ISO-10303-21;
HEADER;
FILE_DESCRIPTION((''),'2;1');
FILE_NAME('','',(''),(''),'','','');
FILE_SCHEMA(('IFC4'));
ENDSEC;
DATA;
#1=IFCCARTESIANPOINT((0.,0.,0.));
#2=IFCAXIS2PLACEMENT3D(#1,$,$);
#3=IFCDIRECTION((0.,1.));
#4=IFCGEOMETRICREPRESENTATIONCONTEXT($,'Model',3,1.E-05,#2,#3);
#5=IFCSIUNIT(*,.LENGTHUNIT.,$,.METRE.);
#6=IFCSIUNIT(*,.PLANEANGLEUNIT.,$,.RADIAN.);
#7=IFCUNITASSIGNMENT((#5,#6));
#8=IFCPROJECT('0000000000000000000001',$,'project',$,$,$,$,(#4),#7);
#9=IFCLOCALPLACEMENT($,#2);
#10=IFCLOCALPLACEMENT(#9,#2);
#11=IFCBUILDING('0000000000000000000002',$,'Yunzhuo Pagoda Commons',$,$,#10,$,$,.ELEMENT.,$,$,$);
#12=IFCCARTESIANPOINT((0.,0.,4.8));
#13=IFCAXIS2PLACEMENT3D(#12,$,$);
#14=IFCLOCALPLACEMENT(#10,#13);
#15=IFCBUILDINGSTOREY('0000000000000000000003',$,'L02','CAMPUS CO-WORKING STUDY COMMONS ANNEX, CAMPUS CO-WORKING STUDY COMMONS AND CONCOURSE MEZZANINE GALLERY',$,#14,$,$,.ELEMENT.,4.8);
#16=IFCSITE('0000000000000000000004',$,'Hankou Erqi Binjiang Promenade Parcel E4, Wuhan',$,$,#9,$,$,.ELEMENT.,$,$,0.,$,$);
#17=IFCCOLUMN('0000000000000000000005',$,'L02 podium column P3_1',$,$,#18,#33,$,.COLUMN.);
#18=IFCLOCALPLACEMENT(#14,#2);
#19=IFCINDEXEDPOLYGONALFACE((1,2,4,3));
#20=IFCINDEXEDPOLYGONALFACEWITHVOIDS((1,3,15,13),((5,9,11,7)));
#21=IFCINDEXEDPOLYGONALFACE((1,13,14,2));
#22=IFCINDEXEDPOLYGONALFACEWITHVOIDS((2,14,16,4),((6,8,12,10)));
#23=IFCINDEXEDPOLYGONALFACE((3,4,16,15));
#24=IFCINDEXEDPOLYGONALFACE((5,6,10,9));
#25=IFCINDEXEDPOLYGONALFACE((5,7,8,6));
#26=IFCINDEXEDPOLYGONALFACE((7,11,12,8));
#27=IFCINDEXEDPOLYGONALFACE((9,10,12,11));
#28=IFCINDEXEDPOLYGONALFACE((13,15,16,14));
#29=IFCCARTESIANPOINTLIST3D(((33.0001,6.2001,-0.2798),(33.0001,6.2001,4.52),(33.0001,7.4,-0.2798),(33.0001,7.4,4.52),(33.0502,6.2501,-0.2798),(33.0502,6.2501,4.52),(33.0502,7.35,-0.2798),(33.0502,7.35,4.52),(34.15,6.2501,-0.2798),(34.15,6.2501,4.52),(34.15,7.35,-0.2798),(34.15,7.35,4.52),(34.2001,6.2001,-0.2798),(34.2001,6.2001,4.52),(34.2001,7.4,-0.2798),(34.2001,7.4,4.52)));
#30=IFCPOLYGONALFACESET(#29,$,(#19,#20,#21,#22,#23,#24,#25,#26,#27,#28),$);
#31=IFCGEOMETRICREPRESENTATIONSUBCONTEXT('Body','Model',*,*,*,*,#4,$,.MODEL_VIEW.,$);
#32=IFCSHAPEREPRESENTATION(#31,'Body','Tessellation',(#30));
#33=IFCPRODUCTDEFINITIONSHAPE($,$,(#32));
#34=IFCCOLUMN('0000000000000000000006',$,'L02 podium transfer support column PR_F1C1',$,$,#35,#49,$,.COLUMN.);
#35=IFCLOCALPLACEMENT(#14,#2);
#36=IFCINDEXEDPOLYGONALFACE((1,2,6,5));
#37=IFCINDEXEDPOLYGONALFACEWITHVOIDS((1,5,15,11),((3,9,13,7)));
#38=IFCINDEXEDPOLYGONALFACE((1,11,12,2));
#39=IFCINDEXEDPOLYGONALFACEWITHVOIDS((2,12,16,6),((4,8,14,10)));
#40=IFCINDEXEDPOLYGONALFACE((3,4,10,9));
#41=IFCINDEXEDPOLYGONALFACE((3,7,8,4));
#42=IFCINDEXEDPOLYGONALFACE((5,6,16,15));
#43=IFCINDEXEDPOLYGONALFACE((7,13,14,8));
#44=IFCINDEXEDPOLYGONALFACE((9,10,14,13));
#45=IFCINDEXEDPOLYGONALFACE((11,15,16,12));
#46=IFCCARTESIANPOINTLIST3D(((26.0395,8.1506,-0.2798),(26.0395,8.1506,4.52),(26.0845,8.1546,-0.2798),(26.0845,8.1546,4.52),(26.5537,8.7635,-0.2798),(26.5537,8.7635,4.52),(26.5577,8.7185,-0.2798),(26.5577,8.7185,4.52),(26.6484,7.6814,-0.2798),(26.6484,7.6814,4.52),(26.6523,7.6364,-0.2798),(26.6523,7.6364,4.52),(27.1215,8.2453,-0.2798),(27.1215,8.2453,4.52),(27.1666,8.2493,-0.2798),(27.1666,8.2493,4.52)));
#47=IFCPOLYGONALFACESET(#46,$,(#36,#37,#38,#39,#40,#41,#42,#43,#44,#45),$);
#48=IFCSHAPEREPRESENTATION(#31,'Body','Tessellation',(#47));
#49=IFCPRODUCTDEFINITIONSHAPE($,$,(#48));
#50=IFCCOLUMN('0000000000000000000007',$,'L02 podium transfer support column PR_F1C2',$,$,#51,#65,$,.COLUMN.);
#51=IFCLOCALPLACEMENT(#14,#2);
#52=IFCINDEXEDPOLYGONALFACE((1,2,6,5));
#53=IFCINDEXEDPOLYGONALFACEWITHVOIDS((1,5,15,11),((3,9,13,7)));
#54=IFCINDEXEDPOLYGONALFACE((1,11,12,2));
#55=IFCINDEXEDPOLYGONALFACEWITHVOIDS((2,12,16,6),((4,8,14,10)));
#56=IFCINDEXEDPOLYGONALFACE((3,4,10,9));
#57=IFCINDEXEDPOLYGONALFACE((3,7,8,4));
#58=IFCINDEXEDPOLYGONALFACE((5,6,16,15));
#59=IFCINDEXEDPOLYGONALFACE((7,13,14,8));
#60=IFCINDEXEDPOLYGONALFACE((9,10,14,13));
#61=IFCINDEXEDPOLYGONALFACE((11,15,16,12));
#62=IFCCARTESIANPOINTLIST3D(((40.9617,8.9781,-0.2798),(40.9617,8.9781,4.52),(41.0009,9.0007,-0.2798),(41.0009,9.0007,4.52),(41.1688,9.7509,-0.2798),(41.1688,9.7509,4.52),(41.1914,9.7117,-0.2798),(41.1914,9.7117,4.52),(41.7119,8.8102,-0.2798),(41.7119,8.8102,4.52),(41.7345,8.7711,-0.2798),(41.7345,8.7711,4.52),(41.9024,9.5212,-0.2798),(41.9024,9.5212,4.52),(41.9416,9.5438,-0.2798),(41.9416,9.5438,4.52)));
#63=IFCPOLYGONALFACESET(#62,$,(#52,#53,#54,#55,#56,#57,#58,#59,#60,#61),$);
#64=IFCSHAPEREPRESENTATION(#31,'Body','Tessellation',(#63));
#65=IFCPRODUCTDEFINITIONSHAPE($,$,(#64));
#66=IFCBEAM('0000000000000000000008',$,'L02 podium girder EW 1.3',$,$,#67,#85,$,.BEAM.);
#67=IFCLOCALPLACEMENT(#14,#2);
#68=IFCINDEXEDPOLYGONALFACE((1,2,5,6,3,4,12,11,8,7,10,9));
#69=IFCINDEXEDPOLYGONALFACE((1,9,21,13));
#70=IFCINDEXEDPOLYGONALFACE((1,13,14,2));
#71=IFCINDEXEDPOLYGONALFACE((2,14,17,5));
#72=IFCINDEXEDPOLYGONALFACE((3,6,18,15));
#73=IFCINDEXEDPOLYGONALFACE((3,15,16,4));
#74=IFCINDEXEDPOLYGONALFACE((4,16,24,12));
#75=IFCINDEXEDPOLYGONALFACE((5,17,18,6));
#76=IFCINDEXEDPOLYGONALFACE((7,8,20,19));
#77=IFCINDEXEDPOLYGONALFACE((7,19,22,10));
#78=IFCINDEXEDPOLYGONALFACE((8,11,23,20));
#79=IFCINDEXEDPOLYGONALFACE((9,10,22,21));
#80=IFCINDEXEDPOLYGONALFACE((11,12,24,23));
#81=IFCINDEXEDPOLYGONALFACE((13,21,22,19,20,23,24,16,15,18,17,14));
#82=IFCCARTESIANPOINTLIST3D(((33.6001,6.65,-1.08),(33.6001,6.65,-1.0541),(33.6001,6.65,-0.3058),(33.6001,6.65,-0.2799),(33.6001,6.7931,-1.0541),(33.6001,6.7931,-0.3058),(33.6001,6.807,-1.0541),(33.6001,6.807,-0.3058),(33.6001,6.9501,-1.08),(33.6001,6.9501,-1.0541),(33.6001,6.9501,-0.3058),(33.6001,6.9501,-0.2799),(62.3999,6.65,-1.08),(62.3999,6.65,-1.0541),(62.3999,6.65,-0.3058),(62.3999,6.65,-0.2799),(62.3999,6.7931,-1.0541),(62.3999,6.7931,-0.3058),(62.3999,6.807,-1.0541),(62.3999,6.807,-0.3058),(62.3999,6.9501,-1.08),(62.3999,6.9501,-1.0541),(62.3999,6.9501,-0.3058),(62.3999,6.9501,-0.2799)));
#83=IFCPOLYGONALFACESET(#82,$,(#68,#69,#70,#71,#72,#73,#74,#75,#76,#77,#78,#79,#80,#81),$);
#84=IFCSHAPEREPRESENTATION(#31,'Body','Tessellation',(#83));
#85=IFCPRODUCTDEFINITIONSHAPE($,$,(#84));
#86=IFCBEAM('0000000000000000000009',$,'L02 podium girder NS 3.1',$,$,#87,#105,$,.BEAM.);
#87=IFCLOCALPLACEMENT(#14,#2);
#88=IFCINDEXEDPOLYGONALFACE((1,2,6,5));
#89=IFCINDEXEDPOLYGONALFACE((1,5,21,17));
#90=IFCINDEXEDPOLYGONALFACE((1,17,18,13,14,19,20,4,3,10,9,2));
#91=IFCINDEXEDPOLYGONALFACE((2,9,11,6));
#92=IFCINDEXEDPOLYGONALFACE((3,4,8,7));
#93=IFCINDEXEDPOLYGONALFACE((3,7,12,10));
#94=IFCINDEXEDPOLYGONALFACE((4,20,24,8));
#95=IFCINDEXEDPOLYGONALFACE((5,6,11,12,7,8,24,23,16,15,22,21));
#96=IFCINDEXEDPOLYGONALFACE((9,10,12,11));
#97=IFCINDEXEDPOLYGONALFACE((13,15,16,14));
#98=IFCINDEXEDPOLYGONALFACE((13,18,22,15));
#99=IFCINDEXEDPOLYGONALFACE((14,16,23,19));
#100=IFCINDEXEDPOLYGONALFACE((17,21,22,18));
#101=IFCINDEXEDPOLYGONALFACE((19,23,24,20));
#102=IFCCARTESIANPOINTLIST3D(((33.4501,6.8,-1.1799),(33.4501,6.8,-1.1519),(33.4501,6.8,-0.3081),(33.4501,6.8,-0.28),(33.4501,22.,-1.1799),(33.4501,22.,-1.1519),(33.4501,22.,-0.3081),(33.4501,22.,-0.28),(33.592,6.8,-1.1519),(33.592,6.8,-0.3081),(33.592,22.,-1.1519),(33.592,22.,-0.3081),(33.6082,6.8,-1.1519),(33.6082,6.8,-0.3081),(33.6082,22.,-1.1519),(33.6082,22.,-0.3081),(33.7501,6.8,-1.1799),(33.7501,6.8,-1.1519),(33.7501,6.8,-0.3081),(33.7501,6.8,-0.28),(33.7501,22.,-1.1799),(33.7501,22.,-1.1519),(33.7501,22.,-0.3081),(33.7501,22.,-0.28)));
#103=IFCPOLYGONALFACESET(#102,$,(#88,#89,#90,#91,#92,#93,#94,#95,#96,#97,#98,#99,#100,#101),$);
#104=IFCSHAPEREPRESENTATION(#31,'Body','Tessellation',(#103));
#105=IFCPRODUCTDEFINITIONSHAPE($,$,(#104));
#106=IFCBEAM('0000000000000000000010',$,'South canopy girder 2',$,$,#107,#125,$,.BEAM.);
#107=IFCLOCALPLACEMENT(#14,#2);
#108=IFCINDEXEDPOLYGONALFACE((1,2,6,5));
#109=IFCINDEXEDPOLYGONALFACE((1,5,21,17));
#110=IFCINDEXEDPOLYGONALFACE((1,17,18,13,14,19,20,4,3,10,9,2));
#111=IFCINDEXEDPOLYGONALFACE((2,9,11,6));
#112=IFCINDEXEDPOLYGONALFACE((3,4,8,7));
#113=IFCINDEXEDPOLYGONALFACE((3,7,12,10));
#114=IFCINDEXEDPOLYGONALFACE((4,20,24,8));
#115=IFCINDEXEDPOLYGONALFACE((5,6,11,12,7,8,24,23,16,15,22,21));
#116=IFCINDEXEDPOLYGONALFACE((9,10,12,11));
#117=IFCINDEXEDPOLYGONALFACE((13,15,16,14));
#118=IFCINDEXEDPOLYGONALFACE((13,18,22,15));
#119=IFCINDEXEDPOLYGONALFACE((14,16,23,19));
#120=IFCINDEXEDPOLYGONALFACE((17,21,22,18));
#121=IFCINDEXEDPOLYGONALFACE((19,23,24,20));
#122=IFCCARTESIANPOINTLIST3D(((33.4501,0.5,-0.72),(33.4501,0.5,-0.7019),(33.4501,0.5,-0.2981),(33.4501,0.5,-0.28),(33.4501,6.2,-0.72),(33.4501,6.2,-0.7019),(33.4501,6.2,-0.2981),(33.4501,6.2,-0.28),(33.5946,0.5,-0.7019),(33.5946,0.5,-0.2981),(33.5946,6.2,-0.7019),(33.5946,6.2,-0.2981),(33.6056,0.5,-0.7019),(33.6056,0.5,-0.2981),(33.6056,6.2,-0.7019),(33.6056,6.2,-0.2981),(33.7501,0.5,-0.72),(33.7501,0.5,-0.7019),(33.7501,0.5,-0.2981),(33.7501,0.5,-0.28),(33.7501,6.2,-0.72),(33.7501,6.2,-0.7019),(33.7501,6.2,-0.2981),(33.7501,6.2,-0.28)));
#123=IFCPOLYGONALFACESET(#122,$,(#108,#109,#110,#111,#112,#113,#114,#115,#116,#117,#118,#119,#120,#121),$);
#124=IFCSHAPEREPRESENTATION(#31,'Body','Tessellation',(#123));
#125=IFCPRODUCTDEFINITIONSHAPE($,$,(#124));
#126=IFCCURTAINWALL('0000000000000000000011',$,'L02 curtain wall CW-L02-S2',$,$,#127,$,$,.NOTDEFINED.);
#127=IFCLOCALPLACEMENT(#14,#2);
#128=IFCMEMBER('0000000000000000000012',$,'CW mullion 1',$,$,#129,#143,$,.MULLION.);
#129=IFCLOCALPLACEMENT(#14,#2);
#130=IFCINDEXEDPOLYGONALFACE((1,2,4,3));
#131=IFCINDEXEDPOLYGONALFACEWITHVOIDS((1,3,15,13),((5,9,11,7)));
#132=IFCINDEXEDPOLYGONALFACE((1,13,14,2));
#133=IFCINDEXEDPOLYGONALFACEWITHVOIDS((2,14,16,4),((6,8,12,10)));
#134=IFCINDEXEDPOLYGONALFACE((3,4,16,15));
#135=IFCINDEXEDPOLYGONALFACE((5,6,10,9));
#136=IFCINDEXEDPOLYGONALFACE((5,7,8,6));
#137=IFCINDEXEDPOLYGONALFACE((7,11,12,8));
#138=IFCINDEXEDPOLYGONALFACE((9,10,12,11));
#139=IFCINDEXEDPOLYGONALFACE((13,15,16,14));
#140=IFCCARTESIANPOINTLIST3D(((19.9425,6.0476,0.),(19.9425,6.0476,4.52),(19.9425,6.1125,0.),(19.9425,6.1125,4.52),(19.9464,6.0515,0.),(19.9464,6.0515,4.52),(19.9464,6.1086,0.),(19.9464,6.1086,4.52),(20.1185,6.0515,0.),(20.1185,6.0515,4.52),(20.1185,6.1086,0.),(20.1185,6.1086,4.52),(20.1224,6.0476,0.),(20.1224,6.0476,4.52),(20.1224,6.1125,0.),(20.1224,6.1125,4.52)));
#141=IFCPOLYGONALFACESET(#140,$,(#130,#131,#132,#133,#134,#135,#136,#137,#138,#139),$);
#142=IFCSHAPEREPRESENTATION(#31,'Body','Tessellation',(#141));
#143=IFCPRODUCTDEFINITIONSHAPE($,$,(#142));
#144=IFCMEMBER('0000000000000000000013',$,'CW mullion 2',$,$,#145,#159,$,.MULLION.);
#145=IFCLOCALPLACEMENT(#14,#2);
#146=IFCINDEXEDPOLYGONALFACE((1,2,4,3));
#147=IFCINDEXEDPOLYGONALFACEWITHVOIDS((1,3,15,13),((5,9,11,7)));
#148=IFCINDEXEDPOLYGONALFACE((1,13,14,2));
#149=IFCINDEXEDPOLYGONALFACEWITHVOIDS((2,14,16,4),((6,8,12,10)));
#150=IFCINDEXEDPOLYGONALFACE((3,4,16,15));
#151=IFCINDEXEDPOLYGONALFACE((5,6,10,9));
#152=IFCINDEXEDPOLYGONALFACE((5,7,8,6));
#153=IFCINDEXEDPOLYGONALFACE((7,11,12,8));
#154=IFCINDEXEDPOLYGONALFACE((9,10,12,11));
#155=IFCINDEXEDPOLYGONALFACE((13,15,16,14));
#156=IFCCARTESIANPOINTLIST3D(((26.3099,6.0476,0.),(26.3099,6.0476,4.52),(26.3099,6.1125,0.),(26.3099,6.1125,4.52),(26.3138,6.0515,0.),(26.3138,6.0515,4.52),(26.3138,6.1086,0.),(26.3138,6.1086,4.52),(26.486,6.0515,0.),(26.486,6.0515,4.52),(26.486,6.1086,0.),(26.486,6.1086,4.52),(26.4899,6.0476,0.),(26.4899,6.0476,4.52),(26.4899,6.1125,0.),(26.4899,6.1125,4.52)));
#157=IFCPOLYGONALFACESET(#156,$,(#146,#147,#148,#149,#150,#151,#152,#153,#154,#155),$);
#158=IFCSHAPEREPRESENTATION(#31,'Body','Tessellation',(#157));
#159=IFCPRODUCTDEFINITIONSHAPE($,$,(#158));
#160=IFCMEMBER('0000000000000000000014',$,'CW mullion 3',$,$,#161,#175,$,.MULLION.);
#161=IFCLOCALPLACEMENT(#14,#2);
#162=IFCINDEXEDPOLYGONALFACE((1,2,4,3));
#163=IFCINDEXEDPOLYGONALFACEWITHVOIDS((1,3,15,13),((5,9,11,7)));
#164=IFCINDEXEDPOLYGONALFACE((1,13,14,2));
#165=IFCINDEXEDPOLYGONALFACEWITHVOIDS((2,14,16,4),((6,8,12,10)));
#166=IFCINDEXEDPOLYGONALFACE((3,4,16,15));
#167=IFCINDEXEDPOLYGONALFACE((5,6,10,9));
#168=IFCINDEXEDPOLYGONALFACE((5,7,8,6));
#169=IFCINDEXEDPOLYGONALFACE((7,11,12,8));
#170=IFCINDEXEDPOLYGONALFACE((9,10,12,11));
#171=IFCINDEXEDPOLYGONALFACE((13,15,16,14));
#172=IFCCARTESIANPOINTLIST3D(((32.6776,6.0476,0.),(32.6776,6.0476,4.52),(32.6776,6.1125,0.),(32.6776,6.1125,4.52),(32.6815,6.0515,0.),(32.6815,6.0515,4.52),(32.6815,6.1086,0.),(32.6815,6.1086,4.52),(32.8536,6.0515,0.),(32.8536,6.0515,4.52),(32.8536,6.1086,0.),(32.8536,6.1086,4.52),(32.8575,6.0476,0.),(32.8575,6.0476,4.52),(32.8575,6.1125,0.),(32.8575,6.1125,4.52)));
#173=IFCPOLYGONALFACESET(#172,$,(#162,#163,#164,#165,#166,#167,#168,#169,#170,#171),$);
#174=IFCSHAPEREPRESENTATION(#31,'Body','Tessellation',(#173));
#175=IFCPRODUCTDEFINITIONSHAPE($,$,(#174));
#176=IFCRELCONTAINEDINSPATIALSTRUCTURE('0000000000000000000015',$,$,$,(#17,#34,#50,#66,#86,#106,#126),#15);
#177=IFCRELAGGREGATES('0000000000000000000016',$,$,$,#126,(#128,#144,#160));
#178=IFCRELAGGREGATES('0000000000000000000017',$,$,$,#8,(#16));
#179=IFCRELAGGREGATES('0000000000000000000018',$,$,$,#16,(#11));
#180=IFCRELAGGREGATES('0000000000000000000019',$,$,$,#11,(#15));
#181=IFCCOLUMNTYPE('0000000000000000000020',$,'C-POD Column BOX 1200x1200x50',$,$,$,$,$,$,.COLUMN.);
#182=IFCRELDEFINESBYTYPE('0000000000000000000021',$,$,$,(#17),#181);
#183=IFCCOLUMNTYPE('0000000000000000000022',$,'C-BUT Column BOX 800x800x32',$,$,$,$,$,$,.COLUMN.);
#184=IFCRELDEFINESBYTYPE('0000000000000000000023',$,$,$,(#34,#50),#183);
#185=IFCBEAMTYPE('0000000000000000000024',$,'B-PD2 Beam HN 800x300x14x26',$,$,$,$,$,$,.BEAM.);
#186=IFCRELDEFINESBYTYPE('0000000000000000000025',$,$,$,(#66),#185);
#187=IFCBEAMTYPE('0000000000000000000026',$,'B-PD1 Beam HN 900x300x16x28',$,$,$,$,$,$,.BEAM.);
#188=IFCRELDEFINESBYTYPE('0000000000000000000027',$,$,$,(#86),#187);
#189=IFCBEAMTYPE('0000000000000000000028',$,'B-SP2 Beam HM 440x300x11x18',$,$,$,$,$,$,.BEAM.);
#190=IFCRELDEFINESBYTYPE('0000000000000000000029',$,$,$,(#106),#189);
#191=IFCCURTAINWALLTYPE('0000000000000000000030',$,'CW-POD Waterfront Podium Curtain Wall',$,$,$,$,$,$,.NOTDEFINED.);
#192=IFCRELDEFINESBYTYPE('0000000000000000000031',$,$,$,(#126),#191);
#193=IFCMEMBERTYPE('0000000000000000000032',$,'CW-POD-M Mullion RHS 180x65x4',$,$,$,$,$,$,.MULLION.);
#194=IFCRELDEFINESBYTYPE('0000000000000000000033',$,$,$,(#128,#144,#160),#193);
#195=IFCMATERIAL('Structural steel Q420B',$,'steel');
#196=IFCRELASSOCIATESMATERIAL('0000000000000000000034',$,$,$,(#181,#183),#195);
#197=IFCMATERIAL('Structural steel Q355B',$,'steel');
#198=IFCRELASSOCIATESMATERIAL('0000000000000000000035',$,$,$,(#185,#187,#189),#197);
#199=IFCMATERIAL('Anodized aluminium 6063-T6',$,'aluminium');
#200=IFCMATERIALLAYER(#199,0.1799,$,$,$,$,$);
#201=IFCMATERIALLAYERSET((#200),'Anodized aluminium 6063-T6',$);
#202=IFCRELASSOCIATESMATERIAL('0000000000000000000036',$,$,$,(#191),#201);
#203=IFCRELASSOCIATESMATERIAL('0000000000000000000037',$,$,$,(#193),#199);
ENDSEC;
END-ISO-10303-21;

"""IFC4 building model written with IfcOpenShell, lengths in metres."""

from ifc_helpers import new_model, si_unit, direction, frame, origin, origin_2d, place, context, subcontext, project, spatial, hollow_rectangle, i_section, extrude, source, transform, mapped, material, layer, layer_set, material_profile, profile_set, type_object, element, aggregate, save


model = new_model("IFC4")

# Units and contexts
model_context = context("Model", 3, precision=1e-05, world=origin(), true_north=direction((0.0, 1.0)))
body_context = subcontext(model_context, "Body", "Model", "MODEL_VIEW")
ifc_project = project(units=[si_unit("LENGTHUNIT", "METRE"), si_unit("PLANEANGLEUNIT", "RADIAN")], contexts=[model_context])

# Site, building, storey
site_placement = place(None, origin())
site = spatial("IfcSite", under=ifc_project, at=site_placement, Name="Hankou Erqi Binjiang Promenade Parcel E4, Wuhan", CompositionType="ELEMENT", RefElevation=0.0)
building_placement = place(site_placement, origin())
building = spatial("IfcBuilding", under=site, at=building_placement, Name="Yunzhuo Pagoda Commons", CompositionType="ELEMENT")
storey_placement = place(building_placement, frame((0.0, 0.0, 4.8)))
storey = spatial("IfcBuildingStorey", under=building, at=storey_placement, Name="L02", Description="CAMPUS CO-WORKING STUDY COMMONS ANNEX, CAMPUS CO-WORKING STUDY COMMONS AND CONCOURSE MEZZANINE GALLERY", CompositionType="ELEMENT", Elevation=4.8)

# Columns
ifc_material_1 = material(Name="Structural steel Q420B", Category="steel")
ifc_material_profile_1 = material_profile(ifc_material_1, hollow_rectangle(XDim=1.2, YDim=1.2, WallThickness=0.05, at=origin_2d()), Name="Structural steel Q420B")
ifc_profile_set_1 = profile_set([ifc_material_profile_1], Name="Structural steel Q420B")
column_type_1 = type_object("IfcColumnType", Name="C-POD Column BOX 1200x1200x50", PredefinedType="COLUMN", material=ifc_profile_set_1)
shared_shape_1 = source(origin(), body_context, "Body", "SweptSolid", [
    extrude(hollow_rectangle(XDim=1.2, YDim=1.2, WallThickness=0.05, at=origin_2d()), origin(), (0.0, 0.0, 1.0), 4.7998),
])
column_placement = place(storey_placement, frame((33.6001, 6.8, -0.2798), z_axis=(0.0, 0.0, 1.0), x_axis=(1.0, 0.0, 0.0)))
element("IfcColumn", 1, at=column_placement, inside=storey, type_object=column_type_1, Name="L02 podium column P3_1", PredefinedType="COLUMN", context=body_context, shape_type="MappedRepresentation", body=[
    mapped(shared_shape_1, transform((0.0, 0.0, 0.0), scale=1.0)),
])
ifc_material_profile_2 = material_profile(ifc_material_1, hollow_rectangle(XDim=0.8, YDim=0.8, WallThickness=0.032, at=origin_2d()), Name="Structural steel Q420B")
ifc_profile_set_2 = profile_set([ifc_material_profile_2], Name="Structural steel Q420B")
column_type_2 = type_object("IfcColumnType", Name="C-BUT Column BOX 800x800x32", PredefinedType="COLUMN", material=ifc_profile_set_2)
shared_shape_2 = source(origin(), body_context, "Body", "SweptSolid", [
    extrude(hollow_rectangle(XDim=0.8, YDim=0.8, WallThickness=0.032, at=origin_2d()), origin(), (0.0, 0.0, 1.0), 4.7998),
])
for number, where, z_axis, x_axis, name in (
    (2, (26.603, 8.2, -0.2798), (0.0, 0.0, 1.0), (0.766044, -0.642788, 0.0), "L02 podium transfer support column PR_F1C1"),
    (3, (41.4517, 9.261, -0.2798), (0.0, 0.0, 1.0), (0.965926, -0.258819, 0.0), "L02 podium transfer support column PR_F1C2"),
):
    element("IfcColumn", number, at=place(storey_placement, frame(where, z_axis=z_axis, x_axis=x_axis)), inside=storey, type_object=column_type_2, Name=name, PredefinedType="COLUMN", context=body_context, shape_type="MappedRepresentation", body=[
        mapped(shared_shape_2, transform((0.0, 0.0, 0.0), scale=1.0)),
    ])

# Beams
ifc_material_2 = material(Name="Structural steel Q355B", Category="steel")
ifc_material_profile_3 = material_profile(ifc_material_2, i_section(OverallWidth=0.3, OverallDepth=0.8, WebThickness=0.0139, FlangeThickness=0.0259, at=origin_2d()), Name="Structural steel Q355B")
ifc_profile_set_3 = profile_set([ifc_material_profile_3], Name="Structural steel Q355B")
beam_type_1 = type_object("IfcBeamType", Name="B-PD2 Beam HN 800x300x14x26", PredefinedType="BEAM", material=ifc_profile_set_3)
shared_shape_3 = source(origin(), body_context, "Body", "SweptSolid", [
    extrude(i_section(OverallWidth=0.3, OverallDepth=0.8, WebThickness=0.0139, FlangeThickness=0.0259, at=origin_2d()), origin(), (0.0, 0.0, 1.0), 28.7998),
])
beam_1_placement = place(storey_placement, frame((33.6001, 6.8, -0.6799), z_axis=(1.0, 0.0, 0.0), x_axis=(0.0, 1.0, 0.0)))
element("IfcBeam", 4, at=beam_1_placement, inside=storey, type_object=beam_type_1, Name="L02 podium girder EW 1.3", PredefinedType="BEAM", context=body_context, shape_type="MappedRepresentation", body=[
    mapped(shared_shape_3, transform((0.0, 0.0, 0.0), scale=1.0)),
])
ifc_material_profile_4 = material_profile(ifc_material_2, i_section(OverallWidth=0.3, OverallDepth=0.8999, WebThickness=0.0161, FlangeThickness=0.0281, at=origin_2d()), Name="Structural steel Q355B")
ifc_profile_set_4 = profile_set([ifc_material_profile_4], Name="Structural steel Q355B")
beam_type_2 = type_object("IfcBeamType", Name="B-PD1 Beam HN 900x300x16x28", PredefinedType="BEAM", material=ifc_profile_set_4)
shared_shape_4 = source(origin(), body_context, "Body", "SweptSolid", [
    extrude(i_section(OverallWidth=0.3, OverallDepth=0.8999, WebThickness=0.0161, FlangeThickness=0.0281, at=origin_2d()), origin(), (0.0, 0.0, 1.0), 15.2),
])
beam_2_placement = place(storey_placement, frame((33.6001, 6.8, -0.73), z_axis=(0.0, 1.0, 0.0), x_axis=(-1.0, 0.0, 0.0)))
element("IfcBeam", 5, at=beam_2_placement, inside=storey, type_object=beam_type_2, Name="L02 podium girder NS 3.1", PredefinedType="BEAM", context=body_context, shape_type="MappedRepresentation", body=[
    mapped(shared_shape_4, transform((0.0, 0.0, 0.0), scale=1.0)),
])
ifc_material_profile_5 = material_profile(ifc_material_2, i_section(OverallWidth=0.3, OverallDepth=0.4399, WebThickness=0.011, FlangeThickness=0.0181, at=origin_2d()), Name="Structural steel Q355B")
ifc_profile_set_5 = profile_set([ifc_material_profile_5], Name="Structural steel Q355B")
beam_type_3 = type_object("IfcBeamType", Name="B-SP2 Beam HM 440x300x11x18", PredefinedType="BEAM", material=ifc_profile_set_5)
shared_shape_5 = source(origin(), body_context, "Body", "SweptSolid", [
    extrude(i_section(OverallWidth=0.3, OverallDepth=0.4399, WebThickness=0.011, FlangeThickness=0.0181, at=origin_2d()), origin(), (0.0, 0.0, 1.0), 5.7),
])
beam_3_placement = place(storey_placement, frame((33.6001, 6.2, -0.5), z_axis=(0.0, -1.0, 0.0), x_axis=(1.0, 0.0, 0.0)))
element("IfcBeam", 6, at=beam_3_placement, inside=storey, type_object=beam_type_3, Name="South canopy girder 2", PredefinedType="BEAM", context=body_context, shape_type="MappedRepresentation", body=[
    mapped(shared_shape_5, transform((0.0, 0.0, 0.0), scale=1.0)),
])

# Curtain wall, members
ifc_material_3 = material(Name="Anodized aluminium 6063-T6", Category="aluminium")
ifc_layer_1 = layer(ifc_material_3, 0.1799)
ifc_layer_set_1 = layer_set([ifc_layer_1], Name="Anodized aluminium 6063-T6")
curtain_wall_type = type_object("IfcCurtainWallType", Name="CW-POD Waterfront Podium Curtain Wall", PredefinedType="NOTDEFINED", material=ifc_layer_set_1)
curtain_wall_1_placement = place(storey_placement, origin())
curtain_wall_1 = element("IfcCurtainWall", 7, at=curtain_wall_1_placement, inside=storey, type_object=curtain_wall_type, Name="L02 curtain wall CW-L02-S2", PredefinedType="NOTDEFINED")
ifc_material_profile_6 = material_profile(ifc_material_3, hollow_rectangle(XDim=0.0649, YDim=0.1799, WallThickness=0.0039, at=origin_2d()), Name="Anodized aluminium 6063-T6")
ifc_profile_set_6 = profile_set([ifc_material_profile_6], Name="Anodized aluminium 6063-T6")
member_type_1 = type_object("IfcMemberType", Name="CW-POD-M Mullion RHS 180x65x4", PredefinedType="MULLION", material=ifc_profile_set_6)
shared_shape_6 = source(origin(), body_context, "Body", "SweptSolid", [
    extrude(hollow_rectangle(XDim=0.0649, YDim=0.1799, WallThickness=0.0039, at=origin_2d()), origin(), (0.0, 0.0, 1.0), 4.52),
])
member_1_placement = place(storey_placement, frame((20.0325, 6.0801, 0.0), z_axis=(0.0, 0.0, 1.0), x_axis=(0.0, 1.0, 0.0)))
member_1 = element("IfcMember", 8, at=member_1_placement, type_object=member_type_1, Name="CW mullion 1", PredefinedType="MULLION", context=body_context, shape_type="MappedRepresentation", body=[
    mapped(shared_shape_6, transform((0.0, 0.0, 0.0), scale=1.0)),
])
member_2_placement = place(storey_placement, frame((26.3999, 6.0801, 0.0), z_axis=(0.0, 0.0, 1.0), x_axis=(0.0, 1.0, 0.0)))
member_2 = element("IfcMember", 9, at=member_2_placement, type_object=member_type_1, Name="CW mullion 2", PredefinedType="MULLION", context=body_context, shape_type="MappedRepresentation", body=[
    mapped(shared_shape_6, transform((0.0, 0.0, 0.0), scale=1.0)),
])
member_3_placement = place(storey_placement, frame((32.7676, 6.0801, 0.0), z_axis=(0.0, 0.0, 1.0), x_axis=(0.0, 1.0, 0.0)))
member_3 = element("IfcMember", 10, at=member_3_placement, type_object=member_type_1, Name="CW mullion 3", PredefinedType="MULLION", context=body_context, shape_type="MappedRepresentation", body=[
    mapped(shared_shape_6, transform((0.0, 0.0, 0.0), scale=1.0)),
])

aggregate(curtain_wall_1, [member_1, member_2, member_3])

save(model, "model.ifc")
